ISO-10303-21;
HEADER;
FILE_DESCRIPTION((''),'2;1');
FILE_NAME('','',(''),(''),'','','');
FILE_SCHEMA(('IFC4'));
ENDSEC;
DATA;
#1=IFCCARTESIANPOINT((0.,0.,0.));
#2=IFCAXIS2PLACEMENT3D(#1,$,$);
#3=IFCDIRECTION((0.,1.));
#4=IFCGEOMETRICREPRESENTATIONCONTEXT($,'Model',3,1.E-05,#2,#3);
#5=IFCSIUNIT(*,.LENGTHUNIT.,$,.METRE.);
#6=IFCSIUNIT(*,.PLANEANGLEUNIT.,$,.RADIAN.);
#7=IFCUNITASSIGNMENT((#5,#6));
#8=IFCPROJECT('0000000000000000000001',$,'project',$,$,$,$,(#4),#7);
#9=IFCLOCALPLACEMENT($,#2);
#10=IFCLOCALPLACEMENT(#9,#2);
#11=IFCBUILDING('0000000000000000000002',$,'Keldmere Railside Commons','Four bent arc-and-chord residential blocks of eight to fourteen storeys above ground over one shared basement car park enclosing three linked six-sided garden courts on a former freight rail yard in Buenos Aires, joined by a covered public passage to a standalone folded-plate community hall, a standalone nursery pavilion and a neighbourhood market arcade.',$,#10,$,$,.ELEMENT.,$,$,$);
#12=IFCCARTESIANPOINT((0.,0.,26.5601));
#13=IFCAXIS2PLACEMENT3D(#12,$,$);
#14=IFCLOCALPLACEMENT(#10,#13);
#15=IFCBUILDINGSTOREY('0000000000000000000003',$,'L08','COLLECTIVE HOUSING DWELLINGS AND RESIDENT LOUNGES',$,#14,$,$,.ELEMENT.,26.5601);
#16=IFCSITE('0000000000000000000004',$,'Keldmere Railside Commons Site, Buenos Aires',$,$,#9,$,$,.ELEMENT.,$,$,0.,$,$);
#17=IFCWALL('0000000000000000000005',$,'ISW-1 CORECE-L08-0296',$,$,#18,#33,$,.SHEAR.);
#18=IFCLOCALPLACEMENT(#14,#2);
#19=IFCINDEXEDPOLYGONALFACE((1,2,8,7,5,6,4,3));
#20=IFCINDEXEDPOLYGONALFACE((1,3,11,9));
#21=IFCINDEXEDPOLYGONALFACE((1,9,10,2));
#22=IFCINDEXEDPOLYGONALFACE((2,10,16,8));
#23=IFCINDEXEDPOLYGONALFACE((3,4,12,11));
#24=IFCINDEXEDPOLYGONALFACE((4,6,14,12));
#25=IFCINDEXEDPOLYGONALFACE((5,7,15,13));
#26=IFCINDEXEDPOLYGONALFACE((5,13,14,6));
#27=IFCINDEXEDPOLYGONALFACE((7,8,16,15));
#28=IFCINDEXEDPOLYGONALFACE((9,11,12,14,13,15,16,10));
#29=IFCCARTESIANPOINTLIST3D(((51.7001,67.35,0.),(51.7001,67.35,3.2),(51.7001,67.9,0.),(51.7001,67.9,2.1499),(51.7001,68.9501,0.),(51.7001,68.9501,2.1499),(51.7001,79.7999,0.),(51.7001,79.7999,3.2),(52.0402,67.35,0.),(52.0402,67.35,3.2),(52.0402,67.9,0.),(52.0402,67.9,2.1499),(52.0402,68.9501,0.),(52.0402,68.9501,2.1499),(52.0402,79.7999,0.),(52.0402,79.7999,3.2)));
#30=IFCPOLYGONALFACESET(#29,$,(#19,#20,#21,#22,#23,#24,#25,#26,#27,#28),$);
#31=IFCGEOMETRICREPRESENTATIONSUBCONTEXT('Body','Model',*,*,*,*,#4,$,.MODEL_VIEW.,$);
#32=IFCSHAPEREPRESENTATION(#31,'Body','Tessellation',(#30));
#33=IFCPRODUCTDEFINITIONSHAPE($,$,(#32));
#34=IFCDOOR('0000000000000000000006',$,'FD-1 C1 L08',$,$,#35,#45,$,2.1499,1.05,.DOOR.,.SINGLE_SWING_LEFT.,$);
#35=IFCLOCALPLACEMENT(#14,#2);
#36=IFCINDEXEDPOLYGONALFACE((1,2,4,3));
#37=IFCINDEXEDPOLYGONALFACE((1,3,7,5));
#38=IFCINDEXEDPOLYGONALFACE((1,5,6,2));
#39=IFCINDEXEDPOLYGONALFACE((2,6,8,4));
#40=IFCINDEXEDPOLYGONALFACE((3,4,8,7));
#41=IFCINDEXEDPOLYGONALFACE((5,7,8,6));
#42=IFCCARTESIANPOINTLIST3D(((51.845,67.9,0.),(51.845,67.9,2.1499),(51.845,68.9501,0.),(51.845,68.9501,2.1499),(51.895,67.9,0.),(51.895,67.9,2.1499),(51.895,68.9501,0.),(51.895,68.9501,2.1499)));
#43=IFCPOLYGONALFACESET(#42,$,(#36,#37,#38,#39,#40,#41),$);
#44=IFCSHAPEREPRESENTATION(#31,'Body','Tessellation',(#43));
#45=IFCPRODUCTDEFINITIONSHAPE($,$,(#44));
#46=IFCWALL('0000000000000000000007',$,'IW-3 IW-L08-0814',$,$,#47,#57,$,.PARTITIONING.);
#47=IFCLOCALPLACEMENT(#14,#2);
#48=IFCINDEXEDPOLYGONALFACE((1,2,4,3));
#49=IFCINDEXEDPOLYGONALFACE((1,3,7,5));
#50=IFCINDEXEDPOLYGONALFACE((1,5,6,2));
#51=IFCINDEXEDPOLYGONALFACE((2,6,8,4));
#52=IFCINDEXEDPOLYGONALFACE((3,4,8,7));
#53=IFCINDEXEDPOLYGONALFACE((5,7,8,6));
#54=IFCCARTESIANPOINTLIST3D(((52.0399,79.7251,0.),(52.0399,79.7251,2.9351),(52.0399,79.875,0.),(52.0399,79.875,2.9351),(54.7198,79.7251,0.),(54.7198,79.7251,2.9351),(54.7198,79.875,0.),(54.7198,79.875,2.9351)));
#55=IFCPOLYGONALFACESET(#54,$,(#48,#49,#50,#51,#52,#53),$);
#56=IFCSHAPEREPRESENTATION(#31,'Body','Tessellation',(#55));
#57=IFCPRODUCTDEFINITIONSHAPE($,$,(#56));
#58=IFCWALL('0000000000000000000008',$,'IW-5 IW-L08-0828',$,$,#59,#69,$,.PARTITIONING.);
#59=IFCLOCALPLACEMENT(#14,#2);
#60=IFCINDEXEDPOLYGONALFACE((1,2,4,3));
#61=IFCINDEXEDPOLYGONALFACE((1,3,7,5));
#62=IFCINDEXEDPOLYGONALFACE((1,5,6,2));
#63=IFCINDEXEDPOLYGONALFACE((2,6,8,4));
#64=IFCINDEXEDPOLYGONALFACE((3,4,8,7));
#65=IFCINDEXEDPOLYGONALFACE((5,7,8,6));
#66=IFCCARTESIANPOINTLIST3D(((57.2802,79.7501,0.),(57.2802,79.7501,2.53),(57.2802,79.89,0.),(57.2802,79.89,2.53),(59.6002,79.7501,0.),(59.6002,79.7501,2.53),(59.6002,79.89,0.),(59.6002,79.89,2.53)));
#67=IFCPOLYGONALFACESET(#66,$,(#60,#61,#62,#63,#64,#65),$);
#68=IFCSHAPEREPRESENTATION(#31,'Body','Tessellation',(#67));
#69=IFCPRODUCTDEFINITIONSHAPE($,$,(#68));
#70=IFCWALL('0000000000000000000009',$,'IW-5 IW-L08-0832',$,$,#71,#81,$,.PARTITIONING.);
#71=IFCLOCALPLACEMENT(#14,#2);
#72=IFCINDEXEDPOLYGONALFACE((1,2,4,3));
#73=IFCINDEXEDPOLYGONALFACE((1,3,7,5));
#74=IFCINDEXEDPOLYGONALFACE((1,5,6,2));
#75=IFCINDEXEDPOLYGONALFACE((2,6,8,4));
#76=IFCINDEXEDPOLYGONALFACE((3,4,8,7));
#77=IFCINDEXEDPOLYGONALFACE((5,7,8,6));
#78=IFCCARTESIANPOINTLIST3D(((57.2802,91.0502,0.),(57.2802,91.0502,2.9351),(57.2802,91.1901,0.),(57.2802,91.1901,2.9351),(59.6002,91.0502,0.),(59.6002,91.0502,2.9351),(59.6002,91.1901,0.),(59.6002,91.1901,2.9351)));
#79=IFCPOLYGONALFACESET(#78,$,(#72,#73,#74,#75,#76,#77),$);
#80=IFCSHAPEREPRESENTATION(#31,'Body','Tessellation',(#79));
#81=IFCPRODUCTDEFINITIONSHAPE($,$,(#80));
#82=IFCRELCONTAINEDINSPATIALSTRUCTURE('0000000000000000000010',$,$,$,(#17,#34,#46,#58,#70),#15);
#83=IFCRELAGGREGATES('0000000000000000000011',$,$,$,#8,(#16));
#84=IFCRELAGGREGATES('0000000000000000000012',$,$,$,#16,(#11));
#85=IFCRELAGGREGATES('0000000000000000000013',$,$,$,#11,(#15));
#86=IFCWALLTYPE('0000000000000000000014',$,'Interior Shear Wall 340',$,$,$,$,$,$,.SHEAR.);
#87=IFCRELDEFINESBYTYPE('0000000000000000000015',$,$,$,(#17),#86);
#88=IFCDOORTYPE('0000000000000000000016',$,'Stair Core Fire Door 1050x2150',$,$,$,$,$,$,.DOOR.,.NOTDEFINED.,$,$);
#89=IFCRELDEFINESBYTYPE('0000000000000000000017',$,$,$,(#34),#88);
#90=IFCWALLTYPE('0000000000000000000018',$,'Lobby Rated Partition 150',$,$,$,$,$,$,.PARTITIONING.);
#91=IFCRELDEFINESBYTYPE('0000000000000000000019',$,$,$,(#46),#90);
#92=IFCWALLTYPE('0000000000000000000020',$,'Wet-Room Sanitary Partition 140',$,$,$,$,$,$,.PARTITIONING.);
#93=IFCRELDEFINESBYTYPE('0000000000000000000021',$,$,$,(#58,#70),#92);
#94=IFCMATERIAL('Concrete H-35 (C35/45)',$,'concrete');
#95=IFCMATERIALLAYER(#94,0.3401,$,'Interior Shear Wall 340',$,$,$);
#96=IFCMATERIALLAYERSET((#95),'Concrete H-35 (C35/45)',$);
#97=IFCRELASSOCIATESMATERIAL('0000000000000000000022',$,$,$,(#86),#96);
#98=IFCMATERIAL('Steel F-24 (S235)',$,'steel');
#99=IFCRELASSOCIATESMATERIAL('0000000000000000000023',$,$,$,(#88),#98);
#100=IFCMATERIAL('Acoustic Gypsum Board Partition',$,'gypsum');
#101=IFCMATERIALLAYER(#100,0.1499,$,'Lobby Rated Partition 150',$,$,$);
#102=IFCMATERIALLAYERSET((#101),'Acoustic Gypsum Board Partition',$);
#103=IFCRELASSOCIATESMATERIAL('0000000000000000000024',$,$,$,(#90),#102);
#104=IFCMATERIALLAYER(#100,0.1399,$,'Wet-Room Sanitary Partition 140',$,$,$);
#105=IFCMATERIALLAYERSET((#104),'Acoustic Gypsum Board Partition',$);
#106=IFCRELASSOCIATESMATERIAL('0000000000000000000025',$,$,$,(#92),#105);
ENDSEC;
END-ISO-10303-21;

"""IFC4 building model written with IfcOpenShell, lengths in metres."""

from ifc_helpers import new_model, si_unit, direction, frame, frame_2d, origin, place, context, subcontext, project, spatial, rectangle, extrude, material, layer, layer_set, type_object, element, fill, save


model = new_model("IFC4")

# Units and contexts
model_context = context("Model", 3, precision=1e-05, world=origin(), true_north=direction((0.0, 1.0)))
body_context = subcontext(model_context, "Body", "Model", "MODEL_VIEW")
ifc_project = project(units=[si_unit("LENGTHUNIT", "METRE"), si_unit("PLANEANGLEUNIT", "RADIAN")], contexts=[model_context])

# Site, building, storey
site_placement = place(None, origin())
site = spatial("IfcSite", under=ifc_project, at=site_placement, Name="Keldmere Railside Commons Site, Buenos Aires", CompositionType="ELEMENT", RefElevation=0.0)
building_placement = place(site_placement, origin())
building = spatial("IfcBuilding", under=site, at=building_placement, Name="Keldmere Railside Commons", Description="Four bent arc-and-chord residential blocks of eight to fourteen storeys above ground over one shared basement car park enclosing three linked six-sided garden courts on a former freight rail yard in Buenos Aires, joined by a covered public passage to a standalone folded-plate community hall, a standalone nursery pavilion and a neighbourhood market arcade.", CompositionType="ELEMENT")
storey_placement = place(building_placement, frame((0.0, 0.0, 26.5601)))
storey = spatial("IfcBuildingStorey", under=building, at=storey_placement, Name="L08", Description="COLLECTIVE HOUSING DWELLINGS AND RESIDENT LOUNGES", CompositionType="ELEMENT", Elevation=26.5601)

# Shared definitions
ifc_material_1 = material(Name="Concrete H-35 (C35/45)", Category="concrete")

# Shared definitions
ifc_material_2 = material(Name="Acoustic Gypsum Board Partition", Category="gypsum")

# Wall, opening, door
ifc_layer_1 = layer(ifc_material_1, 0.3401, Name="Interior Shear Wall 340")
ifc_layer_set_1 = layer_set([ifc_layer_1], Name="Concrete H-35 (C35/45)")
wall_type_1 = type_object("IfcWallType", Name="Interior Shear Wall 340", PredefinedType="SHEAR", material=ifc_layer_set_1)
wall_1_placement = place(storey_placement, frame((51.8701, 79.8, 0.0), z_axis=(0.0, 0.0, 1.0), x_axis=(0.0, -1.0, 0.0)))
wall_1 = element("IfcWall", 1, at=wall_1_placement, inside=storey, type_object=wall_type_1, Name="ISW-1 CORECE-L08-0296", PredefinedType="SHEAR", context=body_context, shape_type="SweptSolid", body=[
    extrude(rectangle(XDim=12.45, YDim=0.3401, at=frame_2d((6.2251, 0.0))), origin(), (0.0, 0.0, 1.0), 3.2),
])
opening_1_placement = place(wall_1_placement, frame((10.8501, 0.0, 0.0)))
opening_1 = element("IfcOpeningElement", 2, at=opening_1_placement, cuts=wall_1, PredefinedType="OPENING", context=body_context, shape_type="SweptSolid", body=[
    extrude(rectangle(XDim=1.05, YDim=2.1499, at=frame_2d((0.5249, 1.075))), frame((0.0, 0.1799, 0.0), z_axis=(0.0, -1.0, 0.0), x_axis=(1.0, 0.0, 0.0)), (0.0, 0.0, 1.0), 0.3601),
])
ifc_material_3 = material(Name="Steel F-24 (S235)", Category="steel")
door_type_1 = type_object("IfcDoorType", Name="Stair Core Fire Door 1050x2150", OperationType="NOTDEFINED", PredefinedType="DOOR", material=ifc_material_3)
door_1_placement = place(opening_1_placement, origin())
door_1 = element("IfcDoor", 3, at=door_1_placement, inside=storey, type_object=door_type_1, Name="FD-1 C1 L08", OperationType="SINGLE_SWING_LEFT", OverallHeight=2.1499, OverallWidth=1.05, PredefinedType="DOOR", context=body_context, shape_type="SweptSolid", body=[
    extrude(rectangle(XDim=1.05, YDim=2.1499, at=frame_2d((0.5249, 1.075))), frame((0.0, 0.0249, 0.0), z_axis=(0.0, -1.0, 0.0), x_axis=(1.0, 0.0, 0.0)), (0.0, 0.0, 1.0), 0.05),
])
fill(opening_1, door_1)

# Walls
ifc_layer_2 = layer(ifc_material_2, 0.1499, Name="Lobby Rated Partition 150")
ifc_layer_set_2 = layer_set([ifc_layer_2], Name="Acoustic Gypsum Board Partition")
wall_type_2 = type_object("IfcWallType", Name="Lobby Rated Partition 150", PredefinedType="PARTITIONING", material=ifc_layer_set_2)
wall_2_placement = place(storey_placement, frame((52.04, 79.8, 0.0), z_axis=(0.0, 0.0, 1.0), x_axis=(1.0, 0.0, 0.0)))
element("IfcWall", 4, at=wall_2_placement, inside=storey, type_object=wall_type_2, Name="IW-3 IW-L08-0814", PredefinedType="PARTITIONING", context=body_context, shape_type="SweptSolid", body=[
    extrude(rectangle(XDim=2.6799, YDim=0.1499, at=frame_2d((1.3398, 0.0))), origin(), (0.0, 0.0, 1.0), 2.9351),
])
ifc_layer_3 = layer(ifc_material_2, 0.1399, Name="Wet-Room Sanitary Partition 140")
ifc_layer_set_3 = layer_set([ifc_layer_3], Name="Acoustic Gypsum Board Partition")
wall_type_3 = type_object("IfcWallType", Name="Wet-Room Sanitary Partition 140", PredefinedType="PARTITIONING", material=ifc_layer_set_3)
wall_3_placement = place(storey_placement, frame((57.28, 79.8201, 0.0), z_axis=(0.0, 0.0, 1.0), x_axis=(1.0, 0.0, 0.0)))
element("IfcWall", 5, at=wall_3_placement, inside=storey, type_object=wall_type_3, Name="IW-5 IW-L08-0828", PredefinedType="PARTITIONING", context=body_context, shape_type="SweptSolid", body=[
    extrude(rectangle(XDim=2.3201, YDim=0.1399, at=frame_2d((1.1602, 0.0))), origin(), (0.0, 0.0, 1.0), 2.53),
])
wall_4_placement = place(storey_placement, frame((57.28, 91.1201, 0.0), z_axis=(0.0, 0.0, 1.0), x_axis=(1.0, 0.0, 0.0)))
element("IfcWall", 6, at=wall_4_placement, inside=storey, type_object=wall_type_3, Name="IW-5 IW-L08-0832", PredefinedType="PARTITIONING", context=body_context, shape_type="SweptSolid", body=[
    extrude(rectangle(XDim=2.3201, YDim=0.1399, at=frame_2d((1.1602, 0.0))), origin(), (0.0, 0.0, 1.0), 2.9351),
])

save(model, "model.ifc")
